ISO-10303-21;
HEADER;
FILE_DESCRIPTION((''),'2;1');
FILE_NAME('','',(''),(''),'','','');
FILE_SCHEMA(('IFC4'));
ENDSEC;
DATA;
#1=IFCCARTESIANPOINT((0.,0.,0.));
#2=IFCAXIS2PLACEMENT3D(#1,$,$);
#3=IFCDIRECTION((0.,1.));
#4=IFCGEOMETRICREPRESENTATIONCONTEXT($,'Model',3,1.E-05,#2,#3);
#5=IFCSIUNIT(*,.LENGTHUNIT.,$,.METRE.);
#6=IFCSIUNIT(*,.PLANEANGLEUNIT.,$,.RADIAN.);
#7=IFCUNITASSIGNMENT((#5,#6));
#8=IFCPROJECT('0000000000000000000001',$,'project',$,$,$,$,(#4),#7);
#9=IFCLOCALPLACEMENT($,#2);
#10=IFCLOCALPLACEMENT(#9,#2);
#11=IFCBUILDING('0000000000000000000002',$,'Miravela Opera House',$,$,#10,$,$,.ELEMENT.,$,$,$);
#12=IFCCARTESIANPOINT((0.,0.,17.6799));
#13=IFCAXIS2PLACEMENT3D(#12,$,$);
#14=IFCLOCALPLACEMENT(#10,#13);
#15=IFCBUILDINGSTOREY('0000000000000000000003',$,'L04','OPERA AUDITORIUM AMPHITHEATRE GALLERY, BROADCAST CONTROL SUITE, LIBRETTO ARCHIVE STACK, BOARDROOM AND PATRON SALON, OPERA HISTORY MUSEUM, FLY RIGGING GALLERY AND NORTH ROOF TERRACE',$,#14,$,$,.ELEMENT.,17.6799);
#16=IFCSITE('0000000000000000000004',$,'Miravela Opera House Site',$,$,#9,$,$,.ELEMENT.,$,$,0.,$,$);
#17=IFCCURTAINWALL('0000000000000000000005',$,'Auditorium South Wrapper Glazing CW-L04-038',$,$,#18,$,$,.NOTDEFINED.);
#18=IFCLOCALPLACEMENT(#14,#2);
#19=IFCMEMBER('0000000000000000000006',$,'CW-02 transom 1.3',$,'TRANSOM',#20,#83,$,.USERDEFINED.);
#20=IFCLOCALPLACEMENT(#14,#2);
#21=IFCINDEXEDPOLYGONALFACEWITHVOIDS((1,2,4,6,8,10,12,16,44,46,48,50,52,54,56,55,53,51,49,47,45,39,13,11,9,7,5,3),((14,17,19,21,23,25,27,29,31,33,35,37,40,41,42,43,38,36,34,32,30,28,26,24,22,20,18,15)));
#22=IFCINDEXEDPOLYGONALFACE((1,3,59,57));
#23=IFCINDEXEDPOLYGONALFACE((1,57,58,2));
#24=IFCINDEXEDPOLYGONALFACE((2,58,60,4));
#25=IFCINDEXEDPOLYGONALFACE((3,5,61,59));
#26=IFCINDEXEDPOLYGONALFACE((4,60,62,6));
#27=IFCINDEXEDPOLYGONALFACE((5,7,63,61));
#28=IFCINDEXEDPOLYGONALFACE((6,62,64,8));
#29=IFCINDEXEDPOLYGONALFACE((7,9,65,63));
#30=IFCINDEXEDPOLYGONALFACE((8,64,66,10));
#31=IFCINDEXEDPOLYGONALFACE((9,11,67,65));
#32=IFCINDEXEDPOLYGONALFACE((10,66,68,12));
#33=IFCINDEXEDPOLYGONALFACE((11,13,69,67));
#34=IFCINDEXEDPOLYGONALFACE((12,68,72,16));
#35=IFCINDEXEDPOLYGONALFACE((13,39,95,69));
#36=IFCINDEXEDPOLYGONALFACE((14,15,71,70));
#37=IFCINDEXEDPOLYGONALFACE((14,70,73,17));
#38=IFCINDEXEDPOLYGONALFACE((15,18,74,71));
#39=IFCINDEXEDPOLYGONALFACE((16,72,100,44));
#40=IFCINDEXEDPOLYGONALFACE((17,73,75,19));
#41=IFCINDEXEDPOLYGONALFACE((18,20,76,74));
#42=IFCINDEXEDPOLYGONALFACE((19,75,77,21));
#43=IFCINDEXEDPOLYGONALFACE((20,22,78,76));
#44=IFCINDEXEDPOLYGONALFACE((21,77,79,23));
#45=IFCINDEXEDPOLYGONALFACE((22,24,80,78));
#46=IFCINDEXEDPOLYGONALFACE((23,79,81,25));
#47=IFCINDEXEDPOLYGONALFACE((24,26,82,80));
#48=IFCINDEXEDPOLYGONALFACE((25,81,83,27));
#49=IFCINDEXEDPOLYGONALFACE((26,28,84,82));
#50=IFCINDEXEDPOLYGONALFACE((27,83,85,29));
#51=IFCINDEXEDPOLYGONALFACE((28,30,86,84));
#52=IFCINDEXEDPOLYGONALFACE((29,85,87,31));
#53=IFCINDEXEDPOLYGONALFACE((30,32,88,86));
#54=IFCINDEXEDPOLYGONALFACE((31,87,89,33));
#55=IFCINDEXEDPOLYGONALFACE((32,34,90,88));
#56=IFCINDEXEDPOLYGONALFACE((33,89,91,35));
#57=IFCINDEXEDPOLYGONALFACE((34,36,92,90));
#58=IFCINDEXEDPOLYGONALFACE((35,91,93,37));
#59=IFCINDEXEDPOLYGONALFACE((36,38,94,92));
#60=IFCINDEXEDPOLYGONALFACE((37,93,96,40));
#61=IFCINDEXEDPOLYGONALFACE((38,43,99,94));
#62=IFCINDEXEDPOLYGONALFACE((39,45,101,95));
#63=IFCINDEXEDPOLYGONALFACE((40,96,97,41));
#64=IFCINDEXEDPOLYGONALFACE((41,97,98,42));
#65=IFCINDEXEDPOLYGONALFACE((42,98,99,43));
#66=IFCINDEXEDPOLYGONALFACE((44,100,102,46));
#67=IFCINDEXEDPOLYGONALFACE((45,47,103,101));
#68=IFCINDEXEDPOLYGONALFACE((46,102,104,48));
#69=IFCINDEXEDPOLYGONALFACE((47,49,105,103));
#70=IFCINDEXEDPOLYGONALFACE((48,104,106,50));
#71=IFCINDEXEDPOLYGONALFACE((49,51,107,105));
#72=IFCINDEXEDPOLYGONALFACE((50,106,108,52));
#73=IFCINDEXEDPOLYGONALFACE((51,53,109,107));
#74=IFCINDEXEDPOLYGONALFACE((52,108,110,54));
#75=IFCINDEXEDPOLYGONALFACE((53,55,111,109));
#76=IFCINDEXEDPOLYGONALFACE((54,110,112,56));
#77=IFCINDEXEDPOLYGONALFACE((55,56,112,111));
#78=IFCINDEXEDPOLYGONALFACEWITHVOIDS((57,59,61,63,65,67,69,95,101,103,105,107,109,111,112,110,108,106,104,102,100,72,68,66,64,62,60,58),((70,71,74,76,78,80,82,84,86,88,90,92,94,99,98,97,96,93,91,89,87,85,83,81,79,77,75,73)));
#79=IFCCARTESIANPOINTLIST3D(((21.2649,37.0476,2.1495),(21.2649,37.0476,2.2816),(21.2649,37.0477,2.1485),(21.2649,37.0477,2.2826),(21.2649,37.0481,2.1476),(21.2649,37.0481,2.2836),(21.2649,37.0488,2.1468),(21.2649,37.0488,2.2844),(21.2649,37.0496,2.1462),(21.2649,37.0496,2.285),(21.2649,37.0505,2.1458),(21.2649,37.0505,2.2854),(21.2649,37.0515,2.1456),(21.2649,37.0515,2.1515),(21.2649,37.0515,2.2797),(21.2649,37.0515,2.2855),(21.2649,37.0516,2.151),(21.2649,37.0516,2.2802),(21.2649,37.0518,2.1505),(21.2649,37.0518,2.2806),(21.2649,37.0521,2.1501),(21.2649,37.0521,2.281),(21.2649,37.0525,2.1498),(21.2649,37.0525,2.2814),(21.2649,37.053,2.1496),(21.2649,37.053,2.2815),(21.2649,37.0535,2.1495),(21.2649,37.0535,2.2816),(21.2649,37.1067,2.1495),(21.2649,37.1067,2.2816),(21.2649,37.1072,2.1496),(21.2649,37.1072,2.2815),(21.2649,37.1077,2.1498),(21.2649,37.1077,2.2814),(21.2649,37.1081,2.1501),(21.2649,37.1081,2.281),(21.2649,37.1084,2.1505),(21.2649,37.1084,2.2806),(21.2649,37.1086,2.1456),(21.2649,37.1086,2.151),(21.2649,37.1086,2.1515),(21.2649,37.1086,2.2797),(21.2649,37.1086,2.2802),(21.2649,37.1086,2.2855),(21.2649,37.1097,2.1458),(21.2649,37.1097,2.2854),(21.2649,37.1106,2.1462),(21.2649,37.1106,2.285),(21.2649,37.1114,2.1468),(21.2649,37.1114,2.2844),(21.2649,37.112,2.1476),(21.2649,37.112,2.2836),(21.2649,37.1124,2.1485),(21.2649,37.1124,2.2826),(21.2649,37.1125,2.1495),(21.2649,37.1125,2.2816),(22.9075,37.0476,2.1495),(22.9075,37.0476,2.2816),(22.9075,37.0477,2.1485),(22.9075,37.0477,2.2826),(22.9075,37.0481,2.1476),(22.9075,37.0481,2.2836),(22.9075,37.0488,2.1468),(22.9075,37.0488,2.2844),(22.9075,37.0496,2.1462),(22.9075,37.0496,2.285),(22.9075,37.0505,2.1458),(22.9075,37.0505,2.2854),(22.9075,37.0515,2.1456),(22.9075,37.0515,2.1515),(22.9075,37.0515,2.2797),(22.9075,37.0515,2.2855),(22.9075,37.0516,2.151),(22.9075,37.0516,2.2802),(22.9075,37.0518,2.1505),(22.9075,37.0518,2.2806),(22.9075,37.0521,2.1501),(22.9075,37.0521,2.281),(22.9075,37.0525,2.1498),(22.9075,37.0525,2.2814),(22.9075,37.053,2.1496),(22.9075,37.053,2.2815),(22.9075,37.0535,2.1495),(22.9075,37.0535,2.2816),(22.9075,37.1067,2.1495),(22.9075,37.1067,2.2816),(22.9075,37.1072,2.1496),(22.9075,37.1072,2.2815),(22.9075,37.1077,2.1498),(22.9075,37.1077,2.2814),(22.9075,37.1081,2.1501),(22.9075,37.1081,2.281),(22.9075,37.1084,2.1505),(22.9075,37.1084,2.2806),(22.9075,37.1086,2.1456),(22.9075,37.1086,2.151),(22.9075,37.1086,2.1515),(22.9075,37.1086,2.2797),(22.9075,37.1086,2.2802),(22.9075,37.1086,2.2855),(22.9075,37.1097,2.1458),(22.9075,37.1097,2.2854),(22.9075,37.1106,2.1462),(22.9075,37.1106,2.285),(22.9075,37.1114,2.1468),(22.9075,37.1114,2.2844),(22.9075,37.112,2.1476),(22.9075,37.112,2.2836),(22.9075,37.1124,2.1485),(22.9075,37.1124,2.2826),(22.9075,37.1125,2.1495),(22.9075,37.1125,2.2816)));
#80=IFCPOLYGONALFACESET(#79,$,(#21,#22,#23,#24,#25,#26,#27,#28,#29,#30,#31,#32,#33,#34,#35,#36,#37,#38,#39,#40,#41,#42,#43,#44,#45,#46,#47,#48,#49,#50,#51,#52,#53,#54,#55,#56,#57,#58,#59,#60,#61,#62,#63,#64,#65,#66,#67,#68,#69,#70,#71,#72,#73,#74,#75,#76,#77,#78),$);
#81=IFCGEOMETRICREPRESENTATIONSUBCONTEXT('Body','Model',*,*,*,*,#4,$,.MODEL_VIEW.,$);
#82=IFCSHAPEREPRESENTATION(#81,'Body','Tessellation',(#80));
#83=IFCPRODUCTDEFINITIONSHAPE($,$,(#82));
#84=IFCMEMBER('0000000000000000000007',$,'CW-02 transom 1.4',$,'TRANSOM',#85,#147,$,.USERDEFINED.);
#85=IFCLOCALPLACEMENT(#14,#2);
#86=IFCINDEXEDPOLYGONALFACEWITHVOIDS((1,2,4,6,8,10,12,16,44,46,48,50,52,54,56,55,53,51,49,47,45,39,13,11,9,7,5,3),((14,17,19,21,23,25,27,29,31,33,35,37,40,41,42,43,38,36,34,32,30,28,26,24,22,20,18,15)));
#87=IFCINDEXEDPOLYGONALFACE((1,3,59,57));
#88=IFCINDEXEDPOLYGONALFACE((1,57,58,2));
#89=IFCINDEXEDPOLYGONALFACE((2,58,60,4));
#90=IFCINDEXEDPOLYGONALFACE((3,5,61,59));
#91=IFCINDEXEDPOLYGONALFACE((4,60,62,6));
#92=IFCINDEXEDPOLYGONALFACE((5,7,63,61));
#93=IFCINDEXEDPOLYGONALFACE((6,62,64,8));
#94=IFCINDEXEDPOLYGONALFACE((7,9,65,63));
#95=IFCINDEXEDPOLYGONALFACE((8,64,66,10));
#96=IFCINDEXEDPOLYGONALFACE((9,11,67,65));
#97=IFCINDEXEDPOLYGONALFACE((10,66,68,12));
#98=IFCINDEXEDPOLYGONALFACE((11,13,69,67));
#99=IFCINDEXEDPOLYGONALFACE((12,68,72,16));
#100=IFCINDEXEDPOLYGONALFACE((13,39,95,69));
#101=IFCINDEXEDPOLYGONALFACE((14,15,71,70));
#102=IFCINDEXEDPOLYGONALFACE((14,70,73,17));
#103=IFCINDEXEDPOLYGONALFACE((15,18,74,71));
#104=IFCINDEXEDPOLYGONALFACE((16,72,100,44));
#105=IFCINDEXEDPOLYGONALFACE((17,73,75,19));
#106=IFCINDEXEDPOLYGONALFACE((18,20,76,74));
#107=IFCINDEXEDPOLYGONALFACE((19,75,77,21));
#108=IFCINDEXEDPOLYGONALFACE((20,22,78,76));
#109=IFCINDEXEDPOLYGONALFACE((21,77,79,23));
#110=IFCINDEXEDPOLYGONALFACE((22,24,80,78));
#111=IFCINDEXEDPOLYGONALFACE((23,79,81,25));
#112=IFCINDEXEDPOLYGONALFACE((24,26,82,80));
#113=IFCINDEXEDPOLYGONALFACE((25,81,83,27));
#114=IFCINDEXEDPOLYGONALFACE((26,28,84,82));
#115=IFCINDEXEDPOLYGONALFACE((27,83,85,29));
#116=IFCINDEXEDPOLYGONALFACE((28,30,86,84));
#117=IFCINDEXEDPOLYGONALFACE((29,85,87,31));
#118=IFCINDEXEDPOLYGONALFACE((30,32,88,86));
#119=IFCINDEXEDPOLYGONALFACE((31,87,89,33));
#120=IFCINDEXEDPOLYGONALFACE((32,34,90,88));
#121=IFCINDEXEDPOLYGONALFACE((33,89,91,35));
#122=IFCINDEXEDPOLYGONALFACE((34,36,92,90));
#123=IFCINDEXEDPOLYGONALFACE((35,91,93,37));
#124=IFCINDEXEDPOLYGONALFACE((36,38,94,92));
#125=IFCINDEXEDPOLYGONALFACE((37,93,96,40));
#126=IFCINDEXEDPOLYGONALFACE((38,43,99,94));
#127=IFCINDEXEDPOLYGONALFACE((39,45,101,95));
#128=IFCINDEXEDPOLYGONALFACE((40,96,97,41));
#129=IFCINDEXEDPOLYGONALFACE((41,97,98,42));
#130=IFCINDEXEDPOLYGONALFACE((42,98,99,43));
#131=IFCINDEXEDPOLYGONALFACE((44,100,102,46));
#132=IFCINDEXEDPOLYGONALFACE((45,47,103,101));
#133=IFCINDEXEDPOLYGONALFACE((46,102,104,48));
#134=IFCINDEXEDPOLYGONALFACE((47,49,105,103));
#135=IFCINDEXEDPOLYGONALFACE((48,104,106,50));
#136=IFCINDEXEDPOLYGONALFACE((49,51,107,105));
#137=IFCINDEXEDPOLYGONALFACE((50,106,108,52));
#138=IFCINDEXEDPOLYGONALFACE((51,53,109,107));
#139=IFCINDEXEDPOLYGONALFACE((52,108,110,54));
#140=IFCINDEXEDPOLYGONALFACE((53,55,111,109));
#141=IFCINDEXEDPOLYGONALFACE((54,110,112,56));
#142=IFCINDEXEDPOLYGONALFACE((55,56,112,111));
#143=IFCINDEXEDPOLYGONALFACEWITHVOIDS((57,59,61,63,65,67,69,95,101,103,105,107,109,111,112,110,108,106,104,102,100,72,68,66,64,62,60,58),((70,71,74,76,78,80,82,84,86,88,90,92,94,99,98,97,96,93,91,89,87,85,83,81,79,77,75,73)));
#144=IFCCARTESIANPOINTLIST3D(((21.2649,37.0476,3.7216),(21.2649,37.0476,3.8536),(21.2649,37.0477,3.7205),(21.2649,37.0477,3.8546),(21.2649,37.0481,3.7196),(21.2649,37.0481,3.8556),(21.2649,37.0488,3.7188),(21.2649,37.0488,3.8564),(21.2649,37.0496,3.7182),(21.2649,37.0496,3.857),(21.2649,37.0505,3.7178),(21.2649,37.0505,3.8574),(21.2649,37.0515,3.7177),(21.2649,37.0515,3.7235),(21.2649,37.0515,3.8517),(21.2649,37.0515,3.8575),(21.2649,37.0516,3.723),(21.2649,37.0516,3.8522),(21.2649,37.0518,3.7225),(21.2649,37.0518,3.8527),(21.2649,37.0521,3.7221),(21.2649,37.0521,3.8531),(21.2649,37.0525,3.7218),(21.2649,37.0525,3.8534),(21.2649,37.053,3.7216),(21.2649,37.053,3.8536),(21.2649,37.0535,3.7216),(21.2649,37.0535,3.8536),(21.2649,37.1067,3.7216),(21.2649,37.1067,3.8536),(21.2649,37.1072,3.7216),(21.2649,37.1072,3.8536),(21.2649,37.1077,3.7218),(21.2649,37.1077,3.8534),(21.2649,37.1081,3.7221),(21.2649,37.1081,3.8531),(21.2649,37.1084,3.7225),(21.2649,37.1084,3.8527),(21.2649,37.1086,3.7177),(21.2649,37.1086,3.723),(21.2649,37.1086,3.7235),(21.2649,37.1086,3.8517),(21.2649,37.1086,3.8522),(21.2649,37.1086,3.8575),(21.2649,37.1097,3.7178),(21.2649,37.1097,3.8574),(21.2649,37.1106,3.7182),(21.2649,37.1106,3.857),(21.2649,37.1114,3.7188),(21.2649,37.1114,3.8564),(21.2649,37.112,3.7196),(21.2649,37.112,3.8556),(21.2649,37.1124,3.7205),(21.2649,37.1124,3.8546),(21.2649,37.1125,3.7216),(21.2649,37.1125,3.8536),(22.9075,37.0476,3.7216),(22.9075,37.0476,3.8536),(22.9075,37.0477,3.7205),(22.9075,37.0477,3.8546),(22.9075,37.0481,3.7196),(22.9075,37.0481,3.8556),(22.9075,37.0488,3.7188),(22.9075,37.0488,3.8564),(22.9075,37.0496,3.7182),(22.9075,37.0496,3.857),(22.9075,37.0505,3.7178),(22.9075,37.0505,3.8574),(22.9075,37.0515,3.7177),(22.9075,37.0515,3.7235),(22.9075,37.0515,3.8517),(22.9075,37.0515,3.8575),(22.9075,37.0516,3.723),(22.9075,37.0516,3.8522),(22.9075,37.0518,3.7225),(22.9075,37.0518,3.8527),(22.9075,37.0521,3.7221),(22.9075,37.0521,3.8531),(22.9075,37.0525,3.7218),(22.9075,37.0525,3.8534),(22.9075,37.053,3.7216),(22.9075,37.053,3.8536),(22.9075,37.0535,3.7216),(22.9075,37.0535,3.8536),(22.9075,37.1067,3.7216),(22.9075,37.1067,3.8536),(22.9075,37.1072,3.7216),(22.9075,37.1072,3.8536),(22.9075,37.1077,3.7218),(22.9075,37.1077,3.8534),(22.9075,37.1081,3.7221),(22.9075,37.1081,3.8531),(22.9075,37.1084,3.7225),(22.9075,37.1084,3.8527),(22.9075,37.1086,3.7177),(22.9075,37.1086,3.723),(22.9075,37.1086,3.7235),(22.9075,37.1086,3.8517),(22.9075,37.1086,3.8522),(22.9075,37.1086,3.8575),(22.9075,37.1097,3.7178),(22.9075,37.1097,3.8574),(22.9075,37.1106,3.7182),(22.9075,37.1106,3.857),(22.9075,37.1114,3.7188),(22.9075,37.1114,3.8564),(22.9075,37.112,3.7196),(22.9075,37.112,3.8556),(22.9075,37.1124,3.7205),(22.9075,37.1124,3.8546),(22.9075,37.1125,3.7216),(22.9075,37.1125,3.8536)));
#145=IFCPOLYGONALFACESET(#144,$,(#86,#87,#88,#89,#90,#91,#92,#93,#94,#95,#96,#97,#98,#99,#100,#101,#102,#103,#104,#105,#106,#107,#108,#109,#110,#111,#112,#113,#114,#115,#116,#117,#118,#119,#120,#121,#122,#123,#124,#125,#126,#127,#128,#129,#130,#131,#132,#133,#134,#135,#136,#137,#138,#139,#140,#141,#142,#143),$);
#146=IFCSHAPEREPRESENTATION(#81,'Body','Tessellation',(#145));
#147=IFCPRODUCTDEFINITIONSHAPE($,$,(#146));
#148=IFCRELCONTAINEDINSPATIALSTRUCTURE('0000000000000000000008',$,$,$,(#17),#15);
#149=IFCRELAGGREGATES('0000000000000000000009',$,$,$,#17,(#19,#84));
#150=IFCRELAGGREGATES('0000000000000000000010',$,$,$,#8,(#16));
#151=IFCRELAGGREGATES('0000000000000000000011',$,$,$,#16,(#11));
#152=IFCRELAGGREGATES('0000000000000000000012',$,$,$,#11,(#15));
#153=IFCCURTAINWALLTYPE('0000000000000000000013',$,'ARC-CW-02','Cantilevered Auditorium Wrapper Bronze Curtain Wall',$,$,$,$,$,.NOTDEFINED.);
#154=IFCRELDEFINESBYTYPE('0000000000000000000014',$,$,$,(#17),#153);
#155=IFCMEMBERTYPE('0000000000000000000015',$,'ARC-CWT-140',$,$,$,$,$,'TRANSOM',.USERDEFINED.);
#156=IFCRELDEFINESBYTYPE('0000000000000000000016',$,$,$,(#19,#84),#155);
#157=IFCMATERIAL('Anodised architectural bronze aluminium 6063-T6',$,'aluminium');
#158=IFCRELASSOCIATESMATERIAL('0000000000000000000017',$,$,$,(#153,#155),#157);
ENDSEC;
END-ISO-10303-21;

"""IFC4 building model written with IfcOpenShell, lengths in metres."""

from ifc_helpers import new_model, si_unit, direction, frame, origin, origin_2d, place, context, subcontext, project, spatial, hollow_rectangle, extrude, material, material_profile, profile_set, type_object, element, aggregate, save


model = new_model("IFC4")

# Units and contexts
model_context = context("Model", 3, precision=1e-05, world=origin(), true_north=direction((0.0, 1.0)))
body_context = subcontext(model_context, "Body", "Model", "MODEL_VIEW")
ifc_project = project(units=[si_unit("LENGTHUNIT", "METRE"), si_unit("PLANEANGLEUNIT", "RADIAN")], contexts=[model_context])

# Site, building, storey
site_placement = place(None, origin())
site = spatial("IfcSite", under=ifc_project, at=site_placement, Name="Miravela Opera House Site", CompositionType="ELEMENT", RefElevation=0.0)
building_placement = place(site_placement, origin())
building = spatial("IfcBuilding", under=site, at=building_placement, Name="Miravela Opera House", CompositionType="ELEMENT")
storey_placement = place(building_placement, frame((0.0, 0.0, 17.6799)))
storey = spatial("IfcBuildingStorey", under=building, at=storey_placement, Name="L04", Description="OPERA AUDITORIUM AMPHITHEATRE GALLERY, BROADCAST CONTROL SUITE, LIBRETTO ARCHIVE STACK, BOARDROOM AND PATRON SALON, OPERA HISTORY MUSEUM, FLY RIGGING GALLERY AND NORTH ROOF TERRACE", CompositionType="ELEMENT", Elevation=17.6799)

# Curtain wall
ifc_material_1 = material(Name="Anodised architectural bronze aluminium 6063-T6", Category="aluminium")
curtain_wall_type = type_object("IfcCurtainWallType", Name="ARC-CW-02", Description="Cantilevered Auditorium Wrapper Bronze Curtain Wall", PredefinedType="NOTDEFINED", material=ifc_material_1)
curtain_wall_1_placement = place(storey_placement, origin())
curtain_wall_1 = element("IfcCurtainWall", 1, at=curtain_wall_1_placement, inside=storey, type_object=curtain_wall_type, Name="Auditorium South Wrapper Glazing CW-L04-038", PredefinedType="NOTDEFINED")

# Members
ifc_material_profile_1 = material_profile(ifc_material_1, hollow_rectangle(XDim=0.0649, YDim=0.1399, WallThickness=0.0039, InnerFilletRadius=0.002, OuterFilletRadius=0.0039, at=origin_2d()), Name="CWT-65X140")
ifc_profile_set_1 = profile_set([ifc_material_profile_1])
member_type_1 = type_object("IfcMemberType", Name="ARC-CWT-140", ElementType="TRANSOM", PredefinedType="USERDEFINED", material=ifc_profile_set_1)
member_1_placement = place(storey_placement, frame((21.2649, 37.0801, 2.2156), z_axis=(1.0, 0.0, 0.0), x_axis=(0.0, 1.0, 0.0)))
member_1 = element("IfcMember", 2, at=member_1_placement, type_object=member_type_1, Name="CW-02 transom 1.3", ObjectType="TRANSOM", PredefinedType="USERDEFINED", context=body_context, shape_type="SweptSolid", body=[
    extrude(hollow_rectangle(XDim=0.0649, YDim=0.1399, WallThickness=0.0039, InnerFilletRadius=0.002, OuterFilletRadius=0.0039, at=origin_2d()), origin(), (0.0, 0.0, 1.0), 1.6426),
])
member_2_placement = place(storey_placement, frame((21.2649, 37.0801, 3.7876), z_axis=(1.0, 0.0, 0.0), x_axis=(0.0, 1.0, 0.0)))
member_2 = element("IfcMember", 3, at=member_2_placement, type_object=member_type_1, Name="CW-02 transom 1.4", ObjectType="TRANSOM", PredefinedType="USERDEFINED", context=body_context, shape_type="SweptSolid", body=[
    extrude(hollow_rectangle(XDim=0.0649, YDim=0.1399, WallThickness=0.0039, InnerFilletRadius=0.002, OuterFilletRadius=0.0039, at=origin_2d()), origin(), (0.0, 0.0, 1.0), 1.6426),
])

aggregate(curtain_wall_1, [member_1, member_2])

save(model, "model.ifc")
